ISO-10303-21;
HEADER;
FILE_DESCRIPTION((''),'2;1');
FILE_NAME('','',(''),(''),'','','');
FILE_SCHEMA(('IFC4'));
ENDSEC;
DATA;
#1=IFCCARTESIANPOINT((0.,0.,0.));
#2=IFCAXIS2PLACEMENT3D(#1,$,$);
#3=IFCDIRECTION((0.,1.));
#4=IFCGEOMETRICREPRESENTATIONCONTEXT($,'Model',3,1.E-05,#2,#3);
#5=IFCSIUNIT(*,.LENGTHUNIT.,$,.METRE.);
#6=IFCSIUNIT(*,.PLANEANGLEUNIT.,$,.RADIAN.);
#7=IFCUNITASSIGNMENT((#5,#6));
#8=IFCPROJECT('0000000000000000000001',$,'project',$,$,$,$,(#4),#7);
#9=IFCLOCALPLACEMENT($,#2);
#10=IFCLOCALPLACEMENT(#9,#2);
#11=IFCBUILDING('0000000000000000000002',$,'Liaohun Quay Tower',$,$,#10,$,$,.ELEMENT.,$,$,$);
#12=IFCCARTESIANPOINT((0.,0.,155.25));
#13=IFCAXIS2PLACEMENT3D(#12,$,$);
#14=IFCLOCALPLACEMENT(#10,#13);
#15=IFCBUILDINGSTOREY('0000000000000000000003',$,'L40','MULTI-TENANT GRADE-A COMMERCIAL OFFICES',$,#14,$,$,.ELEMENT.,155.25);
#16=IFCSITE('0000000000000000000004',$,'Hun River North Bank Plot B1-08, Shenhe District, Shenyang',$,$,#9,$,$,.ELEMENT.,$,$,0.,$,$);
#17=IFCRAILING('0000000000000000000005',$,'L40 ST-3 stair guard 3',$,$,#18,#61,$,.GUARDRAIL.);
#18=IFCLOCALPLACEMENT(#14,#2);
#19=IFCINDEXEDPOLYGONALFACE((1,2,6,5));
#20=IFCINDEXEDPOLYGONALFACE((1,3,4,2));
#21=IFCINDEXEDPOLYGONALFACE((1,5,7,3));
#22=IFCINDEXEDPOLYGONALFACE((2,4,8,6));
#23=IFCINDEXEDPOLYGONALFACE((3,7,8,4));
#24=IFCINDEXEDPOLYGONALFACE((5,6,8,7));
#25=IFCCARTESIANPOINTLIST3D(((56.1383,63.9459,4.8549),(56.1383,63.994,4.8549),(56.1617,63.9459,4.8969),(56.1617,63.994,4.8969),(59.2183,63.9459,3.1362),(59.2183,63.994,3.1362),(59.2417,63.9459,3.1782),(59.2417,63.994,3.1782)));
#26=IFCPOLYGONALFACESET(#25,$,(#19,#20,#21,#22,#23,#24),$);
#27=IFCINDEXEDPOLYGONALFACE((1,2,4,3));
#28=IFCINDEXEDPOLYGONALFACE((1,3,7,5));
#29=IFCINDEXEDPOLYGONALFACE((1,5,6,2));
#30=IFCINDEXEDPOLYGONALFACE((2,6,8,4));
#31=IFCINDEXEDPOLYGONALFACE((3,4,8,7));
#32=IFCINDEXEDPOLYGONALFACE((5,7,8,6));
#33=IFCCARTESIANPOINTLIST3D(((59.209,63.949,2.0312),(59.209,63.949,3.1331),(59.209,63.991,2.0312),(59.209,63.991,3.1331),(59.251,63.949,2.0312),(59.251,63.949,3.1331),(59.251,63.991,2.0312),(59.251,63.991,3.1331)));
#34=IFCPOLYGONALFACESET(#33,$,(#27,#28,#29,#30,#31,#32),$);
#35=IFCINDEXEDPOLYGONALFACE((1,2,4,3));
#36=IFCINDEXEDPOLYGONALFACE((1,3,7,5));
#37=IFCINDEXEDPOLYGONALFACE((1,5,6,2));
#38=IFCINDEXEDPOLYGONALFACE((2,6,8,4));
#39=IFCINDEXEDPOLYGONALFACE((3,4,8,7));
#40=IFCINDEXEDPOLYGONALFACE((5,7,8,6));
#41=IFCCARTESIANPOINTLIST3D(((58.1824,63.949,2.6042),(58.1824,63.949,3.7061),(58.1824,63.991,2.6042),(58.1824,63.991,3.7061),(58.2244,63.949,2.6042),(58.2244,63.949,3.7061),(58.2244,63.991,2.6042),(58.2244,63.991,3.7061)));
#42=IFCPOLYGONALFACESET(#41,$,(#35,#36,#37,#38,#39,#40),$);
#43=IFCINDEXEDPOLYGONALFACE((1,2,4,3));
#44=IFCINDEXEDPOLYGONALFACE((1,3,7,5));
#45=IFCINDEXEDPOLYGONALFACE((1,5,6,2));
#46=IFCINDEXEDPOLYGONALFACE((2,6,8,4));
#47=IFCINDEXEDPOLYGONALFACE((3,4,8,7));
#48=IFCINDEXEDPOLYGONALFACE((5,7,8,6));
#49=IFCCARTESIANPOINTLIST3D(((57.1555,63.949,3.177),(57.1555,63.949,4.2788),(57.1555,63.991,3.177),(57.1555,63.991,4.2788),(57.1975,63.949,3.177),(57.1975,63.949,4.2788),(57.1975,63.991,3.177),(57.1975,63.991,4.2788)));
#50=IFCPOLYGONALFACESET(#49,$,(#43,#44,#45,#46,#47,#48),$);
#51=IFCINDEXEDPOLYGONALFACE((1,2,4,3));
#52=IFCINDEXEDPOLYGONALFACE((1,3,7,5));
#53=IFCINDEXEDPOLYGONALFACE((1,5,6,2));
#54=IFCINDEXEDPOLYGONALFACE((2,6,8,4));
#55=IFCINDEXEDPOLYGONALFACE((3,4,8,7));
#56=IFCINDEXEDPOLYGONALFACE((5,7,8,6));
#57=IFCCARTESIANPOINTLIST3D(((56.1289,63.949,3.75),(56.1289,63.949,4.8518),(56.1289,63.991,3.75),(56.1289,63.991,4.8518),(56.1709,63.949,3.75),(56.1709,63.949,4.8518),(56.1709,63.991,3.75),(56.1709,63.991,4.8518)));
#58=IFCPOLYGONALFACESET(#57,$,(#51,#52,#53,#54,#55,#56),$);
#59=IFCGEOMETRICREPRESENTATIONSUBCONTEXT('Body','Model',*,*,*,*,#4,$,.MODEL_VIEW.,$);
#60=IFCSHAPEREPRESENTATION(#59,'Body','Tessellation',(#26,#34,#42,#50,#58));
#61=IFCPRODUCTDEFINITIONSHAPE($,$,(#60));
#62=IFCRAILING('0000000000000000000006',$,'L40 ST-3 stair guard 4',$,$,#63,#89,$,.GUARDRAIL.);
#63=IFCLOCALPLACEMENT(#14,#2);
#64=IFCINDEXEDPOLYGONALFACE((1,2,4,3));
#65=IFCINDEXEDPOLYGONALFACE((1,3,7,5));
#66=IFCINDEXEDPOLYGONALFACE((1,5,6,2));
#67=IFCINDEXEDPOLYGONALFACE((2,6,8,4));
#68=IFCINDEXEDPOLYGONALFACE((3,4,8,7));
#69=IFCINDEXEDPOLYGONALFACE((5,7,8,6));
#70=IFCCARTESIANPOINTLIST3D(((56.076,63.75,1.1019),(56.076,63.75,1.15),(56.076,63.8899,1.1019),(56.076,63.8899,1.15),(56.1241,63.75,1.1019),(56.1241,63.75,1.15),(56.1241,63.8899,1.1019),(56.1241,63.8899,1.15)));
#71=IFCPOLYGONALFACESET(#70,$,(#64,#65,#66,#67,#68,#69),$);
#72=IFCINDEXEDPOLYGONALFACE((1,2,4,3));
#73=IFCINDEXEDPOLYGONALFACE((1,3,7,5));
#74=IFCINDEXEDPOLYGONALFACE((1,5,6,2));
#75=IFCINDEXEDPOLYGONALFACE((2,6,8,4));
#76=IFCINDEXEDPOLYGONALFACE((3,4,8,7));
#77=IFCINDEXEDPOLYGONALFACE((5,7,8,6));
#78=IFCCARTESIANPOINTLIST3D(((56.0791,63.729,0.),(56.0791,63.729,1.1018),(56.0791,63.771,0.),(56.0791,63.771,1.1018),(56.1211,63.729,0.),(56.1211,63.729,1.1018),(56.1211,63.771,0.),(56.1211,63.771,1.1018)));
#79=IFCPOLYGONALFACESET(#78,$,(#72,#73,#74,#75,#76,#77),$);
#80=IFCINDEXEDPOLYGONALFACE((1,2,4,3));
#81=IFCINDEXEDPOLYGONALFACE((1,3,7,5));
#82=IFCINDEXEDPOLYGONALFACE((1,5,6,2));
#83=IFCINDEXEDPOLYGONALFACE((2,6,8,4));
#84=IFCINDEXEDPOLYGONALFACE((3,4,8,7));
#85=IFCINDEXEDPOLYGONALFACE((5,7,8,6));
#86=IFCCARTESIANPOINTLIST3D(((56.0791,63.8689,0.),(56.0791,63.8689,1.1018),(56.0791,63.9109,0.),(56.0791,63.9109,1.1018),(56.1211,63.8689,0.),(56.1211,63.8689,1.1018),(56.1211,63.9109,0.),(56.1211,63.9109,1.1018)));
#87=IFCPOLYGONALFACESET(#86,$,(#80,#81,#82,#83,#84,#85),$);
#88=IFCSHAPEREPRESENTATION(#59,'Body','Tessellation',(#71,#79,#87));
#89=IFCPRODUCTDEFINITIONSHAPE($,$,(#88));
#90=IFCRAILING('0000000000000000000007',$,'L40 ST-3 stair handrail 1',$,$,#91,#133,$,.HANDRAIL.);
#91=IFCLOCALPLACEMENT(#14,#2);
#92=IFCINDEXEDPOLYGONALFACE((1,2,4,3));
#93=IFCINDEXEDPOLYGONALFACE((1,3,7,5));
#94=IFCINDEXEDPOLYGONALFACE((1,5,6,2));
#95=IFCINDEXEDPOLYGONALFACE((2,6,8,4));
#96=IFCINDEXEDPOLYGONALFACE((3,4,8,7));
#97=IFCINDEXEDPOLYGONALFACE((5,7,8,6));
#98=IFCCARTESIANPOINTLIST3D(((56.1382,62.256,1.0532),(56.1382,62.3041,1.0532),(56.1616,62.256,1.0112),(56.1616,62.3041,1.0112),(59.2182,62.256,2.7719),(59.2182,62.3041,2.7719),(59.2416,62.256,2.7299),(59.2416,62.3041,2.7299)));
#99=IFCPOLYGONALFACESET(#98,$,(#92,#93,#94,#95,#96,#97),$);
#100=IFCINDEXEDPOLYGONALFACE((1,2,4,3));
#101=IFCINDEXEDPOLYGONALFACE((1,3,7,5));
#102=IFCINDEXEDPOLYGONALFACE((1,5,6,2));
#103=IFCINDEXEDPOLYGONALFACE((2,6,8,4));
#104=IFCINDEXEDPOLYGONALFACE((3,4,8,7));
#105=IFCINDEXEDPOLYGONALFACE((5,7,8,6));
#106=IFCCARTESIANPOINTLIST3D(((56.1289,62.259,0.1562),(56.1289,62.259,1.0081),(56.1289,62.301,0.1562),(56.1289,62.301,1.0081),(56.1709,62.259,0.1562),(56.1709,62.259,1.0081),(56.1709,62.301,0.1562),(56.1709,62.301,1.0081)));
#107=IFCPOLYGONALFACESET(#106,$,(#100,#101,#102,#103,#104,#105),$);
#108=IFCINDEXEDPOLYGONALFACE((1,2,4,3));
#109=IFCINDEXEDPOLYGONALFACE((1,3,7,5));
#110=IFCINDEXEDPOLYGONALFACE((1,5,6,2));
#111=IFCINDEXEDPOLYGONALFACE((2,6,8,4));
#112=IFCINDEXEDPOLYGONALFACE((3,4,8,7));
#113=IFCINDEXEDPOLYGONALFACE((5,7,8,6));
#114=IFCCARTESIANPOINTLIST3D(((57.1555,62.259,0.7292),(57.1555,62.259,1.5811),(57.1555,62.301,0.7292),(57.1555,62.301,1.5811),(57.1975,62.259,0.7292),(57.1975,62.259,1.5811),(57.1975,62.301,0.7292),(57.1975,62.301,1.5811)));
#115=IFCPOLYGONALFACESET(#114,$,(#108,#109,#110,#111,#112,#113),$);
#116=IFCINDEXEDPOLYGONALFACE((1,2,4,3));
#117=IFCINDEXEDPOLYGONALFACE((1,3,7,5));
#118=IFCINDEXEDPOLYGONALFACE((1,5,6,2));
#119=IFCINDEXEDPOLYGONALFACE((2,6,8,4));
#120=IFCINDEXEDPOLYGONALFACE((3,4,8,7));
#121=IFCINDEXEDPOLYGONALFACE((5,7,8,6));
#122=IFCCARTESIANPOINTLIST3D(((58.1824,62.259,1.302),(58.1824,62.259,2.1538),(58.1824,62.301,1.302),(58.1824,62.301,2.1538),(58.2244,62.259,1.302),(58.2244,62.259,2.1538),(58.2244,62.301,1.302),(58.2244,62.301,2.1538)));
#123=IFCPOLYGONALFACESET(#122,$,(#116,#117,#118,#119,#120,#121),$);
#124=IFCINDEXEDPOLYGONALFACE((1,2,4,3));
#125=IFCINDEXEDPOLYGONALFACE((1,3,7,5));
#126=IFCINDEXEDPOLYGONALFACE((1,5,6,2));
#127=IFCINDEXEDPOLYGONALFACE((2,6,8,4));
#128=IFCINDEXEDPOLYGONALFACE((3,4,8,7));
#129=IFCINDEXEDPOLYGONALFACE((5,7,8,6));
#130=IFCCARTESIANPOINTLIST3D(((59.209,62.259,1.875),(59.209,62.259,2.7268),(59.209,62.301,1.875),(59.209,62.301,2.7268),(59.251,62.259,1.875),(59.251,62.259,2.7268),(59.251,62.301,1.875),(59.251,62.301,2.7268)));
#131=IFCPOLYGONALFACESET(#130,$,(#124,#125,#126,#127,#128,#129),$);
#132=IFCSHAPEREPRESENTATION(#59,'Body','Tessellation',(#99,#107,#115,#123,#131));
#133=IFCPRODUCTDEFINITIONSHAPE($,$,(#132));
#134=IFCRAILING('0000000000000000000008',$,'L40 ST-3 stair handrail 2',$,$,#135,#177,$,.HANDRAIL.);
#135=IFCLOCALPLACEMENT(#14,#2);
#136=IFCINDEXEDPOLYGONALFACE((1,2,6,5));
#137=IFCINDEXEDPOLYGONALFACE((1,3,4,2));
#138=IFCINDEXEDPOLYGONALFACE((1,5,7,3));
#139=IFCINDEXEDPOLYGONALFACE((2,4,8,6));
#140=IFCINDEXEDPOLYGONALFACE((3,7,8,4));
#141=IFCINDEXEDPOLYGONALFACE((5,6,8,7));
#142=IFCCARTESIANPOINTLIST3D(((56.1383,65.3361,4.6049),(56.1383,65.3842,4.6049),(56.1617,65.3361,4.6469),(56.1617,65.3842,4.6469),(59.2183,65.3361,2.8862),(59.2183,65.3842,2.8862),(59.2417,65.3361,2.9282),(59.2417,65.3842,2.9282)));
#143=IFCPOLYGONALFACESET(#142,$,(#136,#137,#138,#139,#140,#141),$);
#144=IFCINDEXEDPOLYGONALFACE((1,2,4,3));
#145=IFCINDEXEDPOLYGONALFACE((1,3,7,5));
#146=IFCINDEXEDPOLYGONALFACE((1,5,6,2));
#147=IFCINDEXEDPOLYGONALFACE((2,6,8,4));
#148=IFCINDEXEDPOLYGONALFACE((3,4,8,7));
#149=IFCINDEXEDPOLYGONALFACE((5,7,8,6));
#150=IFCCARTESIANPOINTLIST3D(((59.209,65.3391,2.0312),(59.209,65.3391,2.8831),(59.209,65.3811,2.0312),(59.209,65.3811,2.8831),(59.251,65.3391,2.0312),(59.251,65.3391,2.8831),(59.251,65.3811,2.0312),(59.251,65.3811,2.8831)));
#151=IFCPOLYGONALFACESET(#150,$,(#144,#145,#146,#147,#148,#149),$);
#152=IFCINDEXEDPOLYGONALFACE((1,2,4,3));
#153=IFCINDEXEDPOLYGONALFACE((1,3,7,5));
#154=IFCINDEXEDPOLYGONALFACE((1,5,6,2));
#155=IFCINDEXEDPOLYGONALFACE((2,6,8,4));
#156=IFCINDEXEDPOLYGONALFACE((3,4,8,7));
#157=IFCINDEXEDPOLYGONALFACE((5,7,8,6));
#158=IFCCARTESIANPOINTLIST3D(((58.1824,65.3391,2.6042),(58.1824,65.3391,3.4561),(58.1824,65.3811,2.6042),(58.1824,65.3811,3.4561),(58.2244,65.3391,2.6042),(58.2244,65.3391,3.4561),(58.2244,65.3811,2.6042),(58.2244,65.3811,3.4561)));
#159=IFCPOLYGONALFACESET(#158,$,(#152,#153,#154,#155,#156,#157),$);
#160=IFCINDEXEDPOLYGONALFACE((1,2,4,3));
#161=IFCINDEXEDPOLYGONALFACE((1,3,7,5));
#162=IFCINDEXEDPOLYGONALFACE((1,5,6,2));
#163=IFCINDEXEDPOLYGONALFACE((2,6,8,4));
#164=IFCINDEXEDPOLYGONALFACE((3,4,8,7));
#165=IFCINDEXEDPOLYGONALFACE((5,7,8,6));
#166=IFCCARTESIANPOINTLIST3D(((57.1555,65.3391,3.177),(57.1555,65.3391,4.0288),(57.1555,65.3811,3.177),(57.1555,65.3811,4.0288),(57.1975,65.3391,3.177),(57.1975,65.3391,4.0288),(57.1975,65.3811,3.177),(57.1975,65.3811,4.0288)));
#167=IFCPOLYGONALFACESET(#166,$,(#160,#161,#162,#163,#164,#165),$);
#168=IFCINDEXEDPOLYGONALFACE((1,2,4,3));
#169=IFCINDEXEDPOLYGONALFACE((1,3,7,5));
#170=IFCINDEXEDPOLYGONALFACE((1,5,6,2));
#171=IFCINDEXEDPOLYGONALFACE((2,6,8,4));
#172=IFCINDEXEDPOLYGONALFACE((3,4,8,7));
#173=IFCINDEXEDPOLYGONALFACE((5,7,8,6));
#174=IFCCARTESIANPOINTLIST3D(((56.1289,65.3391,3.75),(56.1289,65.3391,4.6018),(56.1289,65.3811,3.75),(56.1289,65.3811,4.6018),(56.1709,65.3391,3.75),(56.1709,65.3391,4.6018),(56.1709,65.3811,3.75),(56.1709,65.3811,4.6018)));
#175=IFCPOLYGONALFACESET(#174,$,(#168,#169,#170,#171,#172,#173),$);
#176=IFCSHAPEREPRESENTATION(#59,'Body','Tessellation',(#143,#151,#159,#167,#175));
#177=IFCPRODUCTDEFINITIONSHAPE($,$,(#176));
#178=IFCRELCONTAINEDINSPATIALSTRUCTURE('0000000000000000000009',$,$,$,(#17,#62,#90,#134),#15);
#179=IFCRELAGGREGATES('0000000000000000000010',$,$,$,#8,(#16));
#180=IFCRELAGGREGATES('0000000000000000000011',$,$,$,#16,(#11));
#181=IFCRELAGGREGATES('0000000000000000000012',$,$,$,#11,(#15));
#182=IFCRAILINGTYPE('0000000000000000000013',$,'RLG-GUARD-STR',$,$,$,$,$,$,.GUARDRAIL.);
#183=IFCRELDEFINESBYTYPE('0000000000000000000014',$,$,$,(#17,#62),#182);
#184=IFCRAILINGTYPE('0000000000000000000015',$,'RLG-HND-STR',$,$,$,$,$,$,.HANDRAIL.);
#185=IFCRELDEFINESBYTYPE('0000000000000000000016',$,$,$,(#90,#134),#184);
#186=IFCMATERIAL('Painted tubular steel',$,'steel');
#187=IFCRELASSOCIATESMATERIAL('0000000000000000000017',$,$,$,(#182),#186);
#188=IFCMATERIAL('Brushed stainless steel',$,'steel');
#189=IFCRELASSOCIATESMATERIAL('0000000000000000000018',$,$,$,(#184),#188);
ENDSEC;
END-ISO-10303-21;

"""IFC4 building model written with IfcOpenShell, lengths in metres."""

from ifc_helpers import new_model, si_unit, direction, frame, origin, origin_2d, place, context, subcontext, project, spatial, rectangle, extrude, material, type_object, element, save


model = new_model("IFC4")

# Units and contexts
model_context = context("Model", 3, precision=1e-05, world=origin(), true_north=direction((0.0, 1.0)))
body_context = subcontext(model_context, "Body", "Model", "MODEL_VIEW")
ifc_project = project(units=[si_unit("LENGTHUNIT", "METRE"), si_unit("PLANEANGLEUNIT", "RADIAN")], contexts=[model_context])

# Site, building, storey
site_placement = place(None, origin())
site = spatial("IfcSite", under=ifc_project, at=site_placement, Name="Hun River North Bank Plot B1-08, Shenhe District, Shenyang", CompositionType="ELEMENT", RefElevation=0.0)
building_placement = place(site_placement, origin())
building = spatial("IfcBuilding", under=site, at=building_placement, Name="Liaohun Quay Tower", CompositionType="ELEMENT")
storey_placement = place(building_placement, frame((0.0, 0.0, 155.25)))
storey = spatial("IfcBuildingStorey", under=building, at=storey_placement, Name="L40", Description="MULTI-TENANT GRADE-A COMMERCIAL OFFICES", CompositionType="ELEMENT", Elevation=155.25)

# Railings
ifc_material_1 = material(Name="Painted tubular steel", Category="steel")
railing_type_1 = type_object("IfcRailingType", Name="RLG-GUARD-STR", PredefinedType="GUARDRAIL", material=ifc_material_1)
railing_1_placement = place(storey_placement, frame((59.23, 63.97, 2.0312)))
element("IfcRailing", 1, at=railing_1_placement, inside=storey, type_object=railing_type_1, Name="L40 ST-3 stair guard 3", PredefinedType="GUARDRAIL", context=body_context, shape_type="SweptSolid", body=[
    extrude(rectangle(XDim=0.0481, YDim=0.0481, at=origin_2d()), frame((0.0, 0.0, 1.126), z_axis=(-0.873242, 0.0, 0.487288), x_axis=(0.0, -1.0, 0.0)), (0.0, 0.0, 1.0), 3.5271),
    extrude(rectangle(XDim=0.042, YDim=0.042, at=origin_2d()), origin(), (0.0, 0.0, 1.0), 1.1018),
    extrude(rectangle(XDim=0.042, YDim=0.042, at=origin_2d()), frame((-1.0266, 0.0, 0.573)), (0.0, 0.0, 1.0), 1.1018),
    extrude(rectangle(XDim=0.042, YDim=0.042, at=origin_2d()), frame((-2.0535, 0.0, 1.1458)), (0.0, 0.0, 1.0), 1.1018),
    extrude(rectangle(XDim=0.042, YDim=0.042, at=origin_2d()), frame((-3.0801, 0.0, 1.7188)), (0.0, 0.0, 1.0), 1.1018),
])
railing_2_placement = place(storey_placement, frame((56.1001, 63.75, 0.0)))
element("IfcRailing", 2, at=railing_2_placement, inside=storey, type_object=railing_type_1, Name="L40 ST-3 stair guard 4", PredefinedType="GUARDRAIL", context=body_context, shape_type="SweptSolid", body=[
    extrude(rectangle(XDim=0.0481, YDim=0.0481, at=origin_2d()), frame((0.0, 0.0, 1.126), z_axis=(0.0, 1.0, 0.0), x_axis=(-1.0, 0.0, 0.0)), (0.0, 0.0, 1.0), 0.1399),
    extrude(rectangle(XDim=0.042, YDim=0.042, at=origin_2d()), origin(), (0.0, 0.0, 1.0), 1.1018),
    extrude(rectangle(XDim=0.042, YDim=0.042, at=origin_2d()), frame((0.0, 0.1399, 0.0)), (0.0, 0.0, 1.0), 1.1018),
])
ifc_material_2 = material(Name="Brushed stainless steel", Category="steel")
railing_type_2 = type_object("IfcRailingType", Name="RLG-HND-STR", PredefinedType="HANDRAIL", material=ifc_material_2)
railing_3_placement = place(storey_placement, frame((56.1499, 62.28, 0.1562)))
element("IfcRailing", 3, at=railing_3_placement, inside=storey, type_object=railing_type_2, Name="L40 ST-3 stair handrail 1", PredefinedType="HANDRAIL", context=body_context, shape_type="SweptSolid", body=[
    extrude(rectangle(XDim=0.0481, YDim=0.0481, at=origin_2d()), frame((0.0, 0.0, 0.876), z_axis=(0.873242, 0.0, 0.487288), x_axis=(0.0, 1.0, 0.0)), (0.0, 0.0, 1.0), 3.5271),
    extrude(rectangle(XDim=0.042, YDim=0.042, at=origin_2d()), origin(), (0.0, 0.0, 1.0), 0.8518),
    extrude(rectangle(XDim=0.042, YDim=0.042, at=origin_2d()), frame((1.0266, 0.0, 0.573)), (0.0, 0.0, 1.0), 0.8518),
    extrude(rectangle(XDim=0.042, YDim=0.042, at=origin_2d()), frame((2.0535, 0.0, 1.1458)), (0.0, 0.0, 1.0), 0.8518),
    extrude(rectangle(XDim=0.042, YDim=0.042, at=origin_2d()), frame((3.0801, 0.0, 1.7188)), (0.0, 0.0, 1.0), 0.8518),
])
railing_4_placement = place(storey_placement, frame((59.23, 65.3601, 2.0312)))
element("IfcRailing", 4, at=railing_4_placement, inside=storey, type_object=railing_type_2, Name="L40 ST-3 stair handrail 2", PredefinedType="HANDRAIL", context=body_context, shape_type="SweptSolid", body=[
    extrude(rectangle(XDim=0.0481, YDim=0.0481, at=origin_2d()), frame((0.0, 0.0, 0.876), z_axis=(-0.873242, 0.0, 0.487288), x_axis=(0.0, -1.0, 0.0)), (0.0, 0.0, 1.0), 3.5271),
    extrude(rectangle(XDim=0.042, YDim=0.042, at=origin_2d()), origin(), (0.0, 0.0, 1.0), 0.8518),
    extrude(rectangle(XDim=0.042, YDim=0.042, at=origin_2d()), frame((-1.0266, 0.0, 0.573)), (0.0, 0.0, 1.0), 0.8518),
    extrude(rectangle(XDim=0.042, YDim=0.042, at=origin_2d()), frame((-2.0535, 0.0, 1.1458)), (0.0, 0.0, 1.0), 0.8518),
    extrude(rectangle(XDim=0.042, YDim=0.042, at=origin_2d()), frame((-3.0801, 0.0, 1.7188)), (0.0, 0.0, 1.0), 0.8518),
])

save(model, "model.ifc")
